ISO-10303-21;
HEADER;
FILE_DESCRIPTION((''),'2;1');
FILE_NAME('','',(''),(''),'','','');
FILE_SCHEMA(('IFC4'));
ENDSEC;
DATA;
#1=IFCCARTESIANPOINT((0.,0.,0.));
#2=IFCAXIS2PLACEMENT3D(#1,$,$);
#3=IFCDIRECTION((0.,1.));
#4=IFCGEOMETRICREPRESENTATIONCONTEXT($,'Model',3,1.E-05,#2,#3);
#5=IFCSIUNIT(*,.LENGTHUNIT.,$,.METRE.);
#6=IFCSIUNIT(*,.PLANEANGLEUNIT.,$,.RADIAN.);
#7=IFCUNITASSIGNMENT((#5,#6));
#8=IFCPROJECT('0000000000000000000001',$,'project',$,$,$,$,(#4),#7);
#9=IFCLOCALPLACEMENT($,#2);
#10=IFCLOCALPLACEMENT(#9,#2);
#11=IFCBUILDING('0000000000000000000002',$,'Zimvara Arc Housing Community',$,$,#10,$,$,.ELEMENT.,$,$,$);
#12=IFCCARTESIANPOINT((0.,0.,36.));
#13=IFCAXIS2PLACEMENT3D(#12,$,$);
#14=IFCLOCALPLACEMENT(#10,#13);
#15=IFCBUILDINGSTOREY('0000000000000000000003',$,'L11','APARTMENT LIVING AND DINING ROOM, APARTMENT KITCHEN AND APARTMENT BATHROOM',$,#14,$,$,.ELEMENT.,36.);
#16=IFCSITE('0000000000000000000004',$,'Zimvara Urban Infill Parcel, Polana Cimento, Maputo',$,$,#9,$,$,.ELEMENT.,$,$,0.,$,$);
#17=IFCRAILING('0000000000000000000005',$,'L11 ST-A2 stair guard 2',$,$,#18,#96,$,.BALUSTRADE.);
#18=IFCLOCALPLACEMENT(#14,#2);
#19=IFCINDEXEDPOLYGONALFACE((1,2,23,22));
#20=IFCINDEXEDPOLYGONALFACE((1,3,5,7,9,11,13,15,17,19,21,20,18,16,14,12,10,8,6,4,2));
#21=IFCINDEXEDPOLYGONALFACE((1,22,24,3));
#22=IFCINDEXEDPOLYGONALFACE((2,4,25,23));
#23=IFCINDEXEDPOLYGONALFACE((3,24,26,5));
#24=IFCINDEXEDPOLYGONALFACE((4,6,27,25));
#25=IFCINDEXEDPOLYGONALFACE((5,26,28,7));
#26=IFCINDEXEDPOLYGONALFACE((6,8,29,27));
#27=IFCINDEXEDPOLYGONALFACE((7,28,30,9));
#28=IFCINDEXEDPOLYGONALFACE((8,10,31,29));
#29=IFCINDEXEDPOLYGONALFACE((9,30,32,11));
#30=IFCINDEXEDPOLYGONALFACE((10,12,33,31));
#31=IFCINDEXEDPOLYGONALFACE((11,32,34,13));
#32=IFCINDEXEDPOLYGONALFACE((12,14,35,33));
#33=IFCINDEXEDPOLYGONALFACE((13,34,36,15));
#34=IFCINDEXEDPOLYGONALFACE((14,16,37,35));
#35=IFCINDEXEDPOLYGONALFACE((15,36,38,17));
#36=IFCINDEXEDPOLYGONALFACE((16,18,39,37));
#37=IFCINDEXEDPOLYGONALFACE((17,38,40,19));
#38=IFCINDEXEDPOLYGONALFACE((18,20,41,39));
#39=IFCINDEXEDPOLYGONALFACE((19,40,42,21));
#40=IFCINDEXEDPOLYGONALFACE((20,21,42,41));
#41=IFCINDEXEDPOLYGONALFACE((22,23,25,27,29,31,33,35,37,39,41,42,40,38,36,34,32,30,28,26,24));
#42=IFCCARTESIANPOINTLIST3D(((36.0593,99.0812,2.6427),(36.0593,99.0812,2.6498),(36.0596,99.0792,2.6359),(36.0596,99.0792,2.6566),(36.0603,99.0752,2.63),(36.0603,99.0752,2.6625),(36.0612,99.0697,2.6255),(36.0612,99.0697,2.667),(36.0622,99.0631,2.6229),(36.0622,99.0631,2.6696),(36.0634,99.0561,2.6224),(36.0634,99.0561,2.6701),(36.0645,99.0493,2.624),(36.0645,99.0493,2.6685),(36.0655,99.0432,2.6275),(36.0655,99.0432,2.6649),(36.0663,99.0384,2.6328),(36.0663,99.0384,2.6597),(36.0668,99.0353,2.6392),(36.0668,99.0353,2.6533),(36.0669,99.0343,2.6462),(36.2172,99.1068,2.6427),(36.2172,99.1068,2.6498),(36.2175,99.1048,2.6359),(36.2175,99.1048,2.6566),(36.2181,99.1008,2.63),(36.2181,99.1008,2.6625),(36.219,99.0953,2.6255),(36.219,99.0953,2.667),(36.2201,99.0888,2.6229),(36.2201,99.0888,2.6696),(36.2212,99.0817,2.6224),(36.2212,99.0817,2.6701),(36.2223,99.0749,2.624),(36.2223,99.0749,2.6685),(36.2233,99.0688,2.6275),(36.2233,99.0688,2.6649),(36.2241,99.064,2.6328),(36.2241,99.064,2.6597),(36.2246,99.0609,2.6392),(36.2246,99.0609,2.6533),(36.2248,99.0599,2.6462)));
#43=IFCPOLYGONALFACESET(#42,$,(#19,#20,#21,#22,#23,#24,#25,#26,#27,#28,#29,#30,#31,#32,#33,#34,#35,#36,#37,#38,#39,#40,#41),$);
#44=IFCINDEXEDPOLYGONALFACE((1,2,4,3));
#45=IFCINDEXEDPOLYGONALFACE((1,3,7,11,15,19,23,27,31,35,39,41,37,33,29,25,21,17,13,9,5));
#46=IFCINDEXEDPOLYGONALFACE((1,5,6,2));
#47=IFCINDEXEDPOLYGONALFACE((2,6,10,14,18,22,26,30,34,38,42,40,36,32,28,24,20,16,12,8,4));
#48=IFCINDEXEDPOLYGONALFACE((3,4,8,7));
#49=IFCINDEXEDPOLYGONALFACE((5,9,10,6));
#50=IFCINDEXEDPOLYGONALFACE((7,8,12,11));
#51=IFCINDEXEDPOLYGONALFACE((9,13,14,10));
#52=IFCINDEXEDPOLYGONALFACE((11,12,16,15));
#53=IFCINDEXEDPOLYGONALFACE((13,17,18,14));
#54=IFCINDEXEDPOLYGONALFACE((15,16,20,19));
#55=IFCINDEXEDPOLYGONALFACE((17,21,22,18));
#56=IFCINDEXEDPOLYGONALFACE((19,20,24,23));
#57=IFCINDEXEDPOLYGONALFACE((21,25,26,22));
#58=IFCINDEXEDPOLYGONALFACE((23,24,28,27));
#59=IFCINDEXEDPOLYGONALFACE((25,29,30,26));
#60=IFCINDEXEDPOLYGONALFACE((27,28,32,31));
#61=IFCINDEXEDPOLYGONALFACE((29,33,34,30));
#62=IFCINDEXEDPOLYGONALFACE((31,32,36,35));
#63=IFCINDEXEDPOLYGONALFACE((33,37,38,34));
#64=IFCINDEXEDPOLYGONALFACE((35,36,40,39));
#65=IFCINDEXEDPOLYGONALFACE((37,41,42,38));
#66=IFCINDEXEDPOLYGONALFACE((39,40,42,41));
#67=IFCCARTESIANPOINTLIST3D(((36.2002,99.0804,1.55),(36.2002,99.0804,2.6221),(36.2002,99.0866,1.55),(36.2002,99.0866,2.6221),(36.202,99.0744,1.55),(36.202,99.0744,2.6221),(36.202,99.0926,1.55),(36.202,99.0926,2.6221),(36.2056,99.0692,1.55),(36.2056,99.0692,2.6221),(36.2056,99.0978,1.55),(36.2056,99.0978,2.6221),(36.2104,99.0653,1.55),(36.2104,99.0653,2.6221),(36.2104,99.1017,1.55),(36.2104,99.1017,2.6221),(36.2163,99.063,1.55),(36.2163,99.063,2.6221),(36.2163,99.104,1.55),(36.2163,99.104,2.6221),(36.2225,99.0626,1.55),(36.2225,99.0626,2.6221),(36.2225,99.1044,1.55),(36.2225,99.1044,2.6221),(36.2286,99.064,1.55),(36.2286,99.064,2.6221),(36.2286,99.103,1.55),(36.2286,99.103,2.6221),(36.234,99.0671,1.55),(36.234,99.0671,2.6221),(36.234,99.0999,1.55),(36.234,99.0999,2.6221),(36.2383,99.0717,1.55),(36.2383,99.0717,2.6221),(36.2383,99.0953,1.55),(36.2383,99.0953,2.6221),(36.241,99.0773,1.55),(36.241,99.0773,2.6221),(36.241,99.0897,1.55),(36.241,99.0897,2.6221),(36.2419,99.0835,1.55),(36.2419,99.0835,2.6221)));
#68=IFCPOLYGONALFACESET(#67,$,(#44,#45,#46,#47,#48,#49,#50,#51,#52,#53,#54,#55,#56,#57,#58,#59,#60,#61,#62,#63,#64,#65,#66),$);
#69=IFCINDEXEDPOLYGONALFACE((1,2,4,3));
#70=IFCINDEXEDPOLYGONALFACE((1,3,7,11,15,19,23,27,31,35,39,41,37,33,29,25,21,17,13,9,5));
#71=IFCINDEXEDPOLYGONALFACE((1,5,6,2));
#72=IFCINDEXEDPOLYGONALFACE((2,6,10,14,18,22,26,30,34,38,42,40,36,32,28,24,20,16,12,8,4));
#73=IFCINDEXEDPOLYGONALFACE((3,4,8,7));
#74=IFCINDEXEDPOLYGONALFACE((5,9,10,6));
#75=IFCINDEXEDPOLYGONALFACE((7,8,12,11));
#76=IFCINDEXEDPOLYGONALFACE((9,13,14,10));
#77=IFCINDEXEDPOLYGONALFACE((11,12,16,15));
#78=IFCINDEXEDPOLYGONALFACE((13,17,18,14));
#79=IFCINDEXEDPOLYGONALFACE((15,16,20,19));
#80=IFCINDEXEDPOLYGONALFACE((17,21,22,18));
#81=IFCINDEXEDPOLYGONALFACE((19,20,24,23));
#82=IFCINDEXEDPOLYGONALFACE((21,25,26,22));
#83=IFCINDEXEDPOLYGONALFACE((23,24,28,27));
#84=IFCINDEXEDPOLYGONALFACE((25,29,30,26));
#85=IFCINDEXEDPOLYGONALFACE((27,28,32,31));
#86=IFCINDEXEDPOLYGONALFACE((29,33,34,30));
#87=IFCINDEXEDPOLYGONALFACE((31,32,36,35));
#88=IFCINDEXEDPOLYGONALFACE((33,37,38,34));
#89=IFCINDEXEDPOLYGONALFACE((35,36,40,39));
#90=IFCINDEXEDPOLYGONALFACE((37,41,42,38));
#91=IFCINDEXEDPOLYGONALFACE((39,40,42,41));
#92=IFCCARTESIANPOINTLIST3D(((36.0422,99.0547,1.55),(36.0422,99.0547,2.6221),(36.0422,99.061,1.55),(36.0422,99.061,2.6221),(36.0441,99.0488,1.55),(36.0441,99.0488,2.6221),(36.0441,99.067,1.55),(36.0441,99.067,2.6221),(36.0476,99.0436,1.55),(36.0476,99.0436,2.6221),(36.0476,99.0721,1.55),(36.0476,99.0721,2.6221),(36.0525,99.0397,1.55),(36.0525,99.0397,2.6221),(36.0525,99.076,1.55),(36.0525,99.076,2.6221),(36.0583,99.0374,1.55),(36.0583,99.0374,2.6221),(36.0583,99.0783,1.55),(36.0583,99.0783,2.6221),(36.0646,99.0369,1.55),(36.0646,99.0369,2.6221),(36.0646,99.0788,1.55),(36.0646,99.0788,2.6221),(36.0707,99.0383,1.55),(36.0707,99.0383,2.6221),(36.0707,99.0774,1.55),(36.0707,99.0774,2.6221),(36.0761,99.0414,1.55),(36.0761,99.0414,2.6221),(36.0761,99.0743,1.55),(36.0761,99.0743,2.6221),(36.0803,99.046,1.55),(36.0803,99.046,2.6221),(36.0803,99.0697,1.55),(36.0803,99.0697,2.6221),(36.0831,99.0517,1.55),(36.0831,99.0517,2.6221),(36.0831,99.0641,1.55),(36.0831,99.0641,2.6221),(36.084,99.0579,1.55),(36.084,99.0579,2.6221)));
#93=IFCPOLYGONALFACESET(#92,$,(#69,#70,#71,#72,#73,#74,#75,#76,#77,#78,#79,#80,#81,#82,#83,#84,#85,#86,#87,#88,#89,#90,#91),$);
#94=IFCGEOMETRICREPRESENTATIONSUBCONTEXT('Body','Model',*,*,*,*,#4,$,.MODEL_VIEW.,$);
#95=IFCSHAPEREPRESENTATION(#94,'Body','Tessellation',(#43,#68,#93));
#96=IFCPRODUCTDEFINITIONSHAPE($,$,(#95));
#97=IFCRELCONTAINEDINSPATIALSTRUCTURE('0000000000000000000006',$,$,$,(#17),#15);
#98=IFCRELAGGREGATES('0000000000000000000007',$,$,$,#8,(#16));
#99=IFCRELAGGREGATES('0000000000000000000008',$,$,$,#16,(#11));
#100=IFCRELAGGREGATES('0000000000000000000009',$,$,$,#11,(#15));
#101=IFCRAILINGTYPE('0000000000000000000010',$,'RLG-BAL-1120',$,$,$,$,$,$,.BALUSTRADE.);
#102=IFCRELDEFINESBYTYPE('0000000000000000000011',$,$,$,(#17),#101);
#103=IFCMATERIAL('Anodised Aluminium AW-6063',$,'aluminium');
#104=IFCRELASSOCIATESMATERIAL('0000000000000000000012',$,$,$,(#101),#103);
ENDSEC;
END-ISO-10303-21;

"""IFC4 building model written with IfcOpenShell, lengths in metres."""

from ifc_helpers import new_model, si_unit, direction, frame, origin, origin_2d, place, context, subcontext, project, spatial, circle, extrude, material, type_object, element, save


model = new_model("IFC4")

# Units and contexts
model_context = context("Model", 3, precision=1e-05, world=origin(), true_north=direction((0.0, 1.0)))
body_context = subcontext(model_context, "Body", "Model", "MODEL_VIEW")
ifc_project = project(units=[si_unit("LENGTHUNIT", "METRE"), si_unit("PLANEANGLEUNIT", "RADIAN")], contexts=[model_context])

# Site, building, storey
site_placement = place(None, origin())
site = spatial("IfcSite", under=ifc_project, at=site_placement, Name="Zimvara Urban Infill Parcel, Polana Cimento, Maputo", CompositionType="ELEMENT", RefElevation=0.0)
building_placement = place(site_placement, origin())
building = spatial("IfcBuilding", under=site, at=building_placement, Name="Zimvara Arc Housing Community", CompositionType="ELEMENT")
storey_placement = place(building_placement, frame((0.0, 0.0, 36.0)))
storey = spatial("IfcBuildingStorey", under=building, at=storey_placement, Name="L11", Description="APARTMENT LIVING AND DINING ROOM, APARTMENT KITCHEN AND APARTMENT BATHROOM", CompositionType="ELEMENT", Elevation=36.0)

# Railing
ifc_material_1 = material(Name="Anodised Aluminium AW-6063", Category="aluminium")
railing_type_1 = type_object("IfcRailingType", Name="RLG-BAL-1120", PredefinedType="BALUSTRADE", material=ifc_material_1)
railing_1_placement = place(storey_placement, frame((36.2209, 99.0835, 1.55)))
element("IfcRailing", 1, at=railing_1_placement, inside=storey, type_object=railing_type_1, Name="L11 ST-A2 stair guard 2", PredefinedType="BALUSTRADE", context=body_context, shape_type="SweptSolid", body=[
    extrude(circle(Radius=0.0239, at=origin_2d()), frame((0.0, 0.0, 1.0962), z_axis=(-0.987086, -0.160192, 0.0), x_axis=(0.160192, -0.987086, 0.0)), (0.0, 0.0, 1.0), 0.1599),
    extrude(circle(Radius=0.021, at=origin_2d()), origin(), (0.0, 0.0, 1.0), 1.072),
    extrude(circle(Radius=0.021, at=origin_2d()), frame((-0.158, -0.0256, 0.0)), (0.0, 0.0, 1.0), 1.072),
])

save(model, "model.ifc")
